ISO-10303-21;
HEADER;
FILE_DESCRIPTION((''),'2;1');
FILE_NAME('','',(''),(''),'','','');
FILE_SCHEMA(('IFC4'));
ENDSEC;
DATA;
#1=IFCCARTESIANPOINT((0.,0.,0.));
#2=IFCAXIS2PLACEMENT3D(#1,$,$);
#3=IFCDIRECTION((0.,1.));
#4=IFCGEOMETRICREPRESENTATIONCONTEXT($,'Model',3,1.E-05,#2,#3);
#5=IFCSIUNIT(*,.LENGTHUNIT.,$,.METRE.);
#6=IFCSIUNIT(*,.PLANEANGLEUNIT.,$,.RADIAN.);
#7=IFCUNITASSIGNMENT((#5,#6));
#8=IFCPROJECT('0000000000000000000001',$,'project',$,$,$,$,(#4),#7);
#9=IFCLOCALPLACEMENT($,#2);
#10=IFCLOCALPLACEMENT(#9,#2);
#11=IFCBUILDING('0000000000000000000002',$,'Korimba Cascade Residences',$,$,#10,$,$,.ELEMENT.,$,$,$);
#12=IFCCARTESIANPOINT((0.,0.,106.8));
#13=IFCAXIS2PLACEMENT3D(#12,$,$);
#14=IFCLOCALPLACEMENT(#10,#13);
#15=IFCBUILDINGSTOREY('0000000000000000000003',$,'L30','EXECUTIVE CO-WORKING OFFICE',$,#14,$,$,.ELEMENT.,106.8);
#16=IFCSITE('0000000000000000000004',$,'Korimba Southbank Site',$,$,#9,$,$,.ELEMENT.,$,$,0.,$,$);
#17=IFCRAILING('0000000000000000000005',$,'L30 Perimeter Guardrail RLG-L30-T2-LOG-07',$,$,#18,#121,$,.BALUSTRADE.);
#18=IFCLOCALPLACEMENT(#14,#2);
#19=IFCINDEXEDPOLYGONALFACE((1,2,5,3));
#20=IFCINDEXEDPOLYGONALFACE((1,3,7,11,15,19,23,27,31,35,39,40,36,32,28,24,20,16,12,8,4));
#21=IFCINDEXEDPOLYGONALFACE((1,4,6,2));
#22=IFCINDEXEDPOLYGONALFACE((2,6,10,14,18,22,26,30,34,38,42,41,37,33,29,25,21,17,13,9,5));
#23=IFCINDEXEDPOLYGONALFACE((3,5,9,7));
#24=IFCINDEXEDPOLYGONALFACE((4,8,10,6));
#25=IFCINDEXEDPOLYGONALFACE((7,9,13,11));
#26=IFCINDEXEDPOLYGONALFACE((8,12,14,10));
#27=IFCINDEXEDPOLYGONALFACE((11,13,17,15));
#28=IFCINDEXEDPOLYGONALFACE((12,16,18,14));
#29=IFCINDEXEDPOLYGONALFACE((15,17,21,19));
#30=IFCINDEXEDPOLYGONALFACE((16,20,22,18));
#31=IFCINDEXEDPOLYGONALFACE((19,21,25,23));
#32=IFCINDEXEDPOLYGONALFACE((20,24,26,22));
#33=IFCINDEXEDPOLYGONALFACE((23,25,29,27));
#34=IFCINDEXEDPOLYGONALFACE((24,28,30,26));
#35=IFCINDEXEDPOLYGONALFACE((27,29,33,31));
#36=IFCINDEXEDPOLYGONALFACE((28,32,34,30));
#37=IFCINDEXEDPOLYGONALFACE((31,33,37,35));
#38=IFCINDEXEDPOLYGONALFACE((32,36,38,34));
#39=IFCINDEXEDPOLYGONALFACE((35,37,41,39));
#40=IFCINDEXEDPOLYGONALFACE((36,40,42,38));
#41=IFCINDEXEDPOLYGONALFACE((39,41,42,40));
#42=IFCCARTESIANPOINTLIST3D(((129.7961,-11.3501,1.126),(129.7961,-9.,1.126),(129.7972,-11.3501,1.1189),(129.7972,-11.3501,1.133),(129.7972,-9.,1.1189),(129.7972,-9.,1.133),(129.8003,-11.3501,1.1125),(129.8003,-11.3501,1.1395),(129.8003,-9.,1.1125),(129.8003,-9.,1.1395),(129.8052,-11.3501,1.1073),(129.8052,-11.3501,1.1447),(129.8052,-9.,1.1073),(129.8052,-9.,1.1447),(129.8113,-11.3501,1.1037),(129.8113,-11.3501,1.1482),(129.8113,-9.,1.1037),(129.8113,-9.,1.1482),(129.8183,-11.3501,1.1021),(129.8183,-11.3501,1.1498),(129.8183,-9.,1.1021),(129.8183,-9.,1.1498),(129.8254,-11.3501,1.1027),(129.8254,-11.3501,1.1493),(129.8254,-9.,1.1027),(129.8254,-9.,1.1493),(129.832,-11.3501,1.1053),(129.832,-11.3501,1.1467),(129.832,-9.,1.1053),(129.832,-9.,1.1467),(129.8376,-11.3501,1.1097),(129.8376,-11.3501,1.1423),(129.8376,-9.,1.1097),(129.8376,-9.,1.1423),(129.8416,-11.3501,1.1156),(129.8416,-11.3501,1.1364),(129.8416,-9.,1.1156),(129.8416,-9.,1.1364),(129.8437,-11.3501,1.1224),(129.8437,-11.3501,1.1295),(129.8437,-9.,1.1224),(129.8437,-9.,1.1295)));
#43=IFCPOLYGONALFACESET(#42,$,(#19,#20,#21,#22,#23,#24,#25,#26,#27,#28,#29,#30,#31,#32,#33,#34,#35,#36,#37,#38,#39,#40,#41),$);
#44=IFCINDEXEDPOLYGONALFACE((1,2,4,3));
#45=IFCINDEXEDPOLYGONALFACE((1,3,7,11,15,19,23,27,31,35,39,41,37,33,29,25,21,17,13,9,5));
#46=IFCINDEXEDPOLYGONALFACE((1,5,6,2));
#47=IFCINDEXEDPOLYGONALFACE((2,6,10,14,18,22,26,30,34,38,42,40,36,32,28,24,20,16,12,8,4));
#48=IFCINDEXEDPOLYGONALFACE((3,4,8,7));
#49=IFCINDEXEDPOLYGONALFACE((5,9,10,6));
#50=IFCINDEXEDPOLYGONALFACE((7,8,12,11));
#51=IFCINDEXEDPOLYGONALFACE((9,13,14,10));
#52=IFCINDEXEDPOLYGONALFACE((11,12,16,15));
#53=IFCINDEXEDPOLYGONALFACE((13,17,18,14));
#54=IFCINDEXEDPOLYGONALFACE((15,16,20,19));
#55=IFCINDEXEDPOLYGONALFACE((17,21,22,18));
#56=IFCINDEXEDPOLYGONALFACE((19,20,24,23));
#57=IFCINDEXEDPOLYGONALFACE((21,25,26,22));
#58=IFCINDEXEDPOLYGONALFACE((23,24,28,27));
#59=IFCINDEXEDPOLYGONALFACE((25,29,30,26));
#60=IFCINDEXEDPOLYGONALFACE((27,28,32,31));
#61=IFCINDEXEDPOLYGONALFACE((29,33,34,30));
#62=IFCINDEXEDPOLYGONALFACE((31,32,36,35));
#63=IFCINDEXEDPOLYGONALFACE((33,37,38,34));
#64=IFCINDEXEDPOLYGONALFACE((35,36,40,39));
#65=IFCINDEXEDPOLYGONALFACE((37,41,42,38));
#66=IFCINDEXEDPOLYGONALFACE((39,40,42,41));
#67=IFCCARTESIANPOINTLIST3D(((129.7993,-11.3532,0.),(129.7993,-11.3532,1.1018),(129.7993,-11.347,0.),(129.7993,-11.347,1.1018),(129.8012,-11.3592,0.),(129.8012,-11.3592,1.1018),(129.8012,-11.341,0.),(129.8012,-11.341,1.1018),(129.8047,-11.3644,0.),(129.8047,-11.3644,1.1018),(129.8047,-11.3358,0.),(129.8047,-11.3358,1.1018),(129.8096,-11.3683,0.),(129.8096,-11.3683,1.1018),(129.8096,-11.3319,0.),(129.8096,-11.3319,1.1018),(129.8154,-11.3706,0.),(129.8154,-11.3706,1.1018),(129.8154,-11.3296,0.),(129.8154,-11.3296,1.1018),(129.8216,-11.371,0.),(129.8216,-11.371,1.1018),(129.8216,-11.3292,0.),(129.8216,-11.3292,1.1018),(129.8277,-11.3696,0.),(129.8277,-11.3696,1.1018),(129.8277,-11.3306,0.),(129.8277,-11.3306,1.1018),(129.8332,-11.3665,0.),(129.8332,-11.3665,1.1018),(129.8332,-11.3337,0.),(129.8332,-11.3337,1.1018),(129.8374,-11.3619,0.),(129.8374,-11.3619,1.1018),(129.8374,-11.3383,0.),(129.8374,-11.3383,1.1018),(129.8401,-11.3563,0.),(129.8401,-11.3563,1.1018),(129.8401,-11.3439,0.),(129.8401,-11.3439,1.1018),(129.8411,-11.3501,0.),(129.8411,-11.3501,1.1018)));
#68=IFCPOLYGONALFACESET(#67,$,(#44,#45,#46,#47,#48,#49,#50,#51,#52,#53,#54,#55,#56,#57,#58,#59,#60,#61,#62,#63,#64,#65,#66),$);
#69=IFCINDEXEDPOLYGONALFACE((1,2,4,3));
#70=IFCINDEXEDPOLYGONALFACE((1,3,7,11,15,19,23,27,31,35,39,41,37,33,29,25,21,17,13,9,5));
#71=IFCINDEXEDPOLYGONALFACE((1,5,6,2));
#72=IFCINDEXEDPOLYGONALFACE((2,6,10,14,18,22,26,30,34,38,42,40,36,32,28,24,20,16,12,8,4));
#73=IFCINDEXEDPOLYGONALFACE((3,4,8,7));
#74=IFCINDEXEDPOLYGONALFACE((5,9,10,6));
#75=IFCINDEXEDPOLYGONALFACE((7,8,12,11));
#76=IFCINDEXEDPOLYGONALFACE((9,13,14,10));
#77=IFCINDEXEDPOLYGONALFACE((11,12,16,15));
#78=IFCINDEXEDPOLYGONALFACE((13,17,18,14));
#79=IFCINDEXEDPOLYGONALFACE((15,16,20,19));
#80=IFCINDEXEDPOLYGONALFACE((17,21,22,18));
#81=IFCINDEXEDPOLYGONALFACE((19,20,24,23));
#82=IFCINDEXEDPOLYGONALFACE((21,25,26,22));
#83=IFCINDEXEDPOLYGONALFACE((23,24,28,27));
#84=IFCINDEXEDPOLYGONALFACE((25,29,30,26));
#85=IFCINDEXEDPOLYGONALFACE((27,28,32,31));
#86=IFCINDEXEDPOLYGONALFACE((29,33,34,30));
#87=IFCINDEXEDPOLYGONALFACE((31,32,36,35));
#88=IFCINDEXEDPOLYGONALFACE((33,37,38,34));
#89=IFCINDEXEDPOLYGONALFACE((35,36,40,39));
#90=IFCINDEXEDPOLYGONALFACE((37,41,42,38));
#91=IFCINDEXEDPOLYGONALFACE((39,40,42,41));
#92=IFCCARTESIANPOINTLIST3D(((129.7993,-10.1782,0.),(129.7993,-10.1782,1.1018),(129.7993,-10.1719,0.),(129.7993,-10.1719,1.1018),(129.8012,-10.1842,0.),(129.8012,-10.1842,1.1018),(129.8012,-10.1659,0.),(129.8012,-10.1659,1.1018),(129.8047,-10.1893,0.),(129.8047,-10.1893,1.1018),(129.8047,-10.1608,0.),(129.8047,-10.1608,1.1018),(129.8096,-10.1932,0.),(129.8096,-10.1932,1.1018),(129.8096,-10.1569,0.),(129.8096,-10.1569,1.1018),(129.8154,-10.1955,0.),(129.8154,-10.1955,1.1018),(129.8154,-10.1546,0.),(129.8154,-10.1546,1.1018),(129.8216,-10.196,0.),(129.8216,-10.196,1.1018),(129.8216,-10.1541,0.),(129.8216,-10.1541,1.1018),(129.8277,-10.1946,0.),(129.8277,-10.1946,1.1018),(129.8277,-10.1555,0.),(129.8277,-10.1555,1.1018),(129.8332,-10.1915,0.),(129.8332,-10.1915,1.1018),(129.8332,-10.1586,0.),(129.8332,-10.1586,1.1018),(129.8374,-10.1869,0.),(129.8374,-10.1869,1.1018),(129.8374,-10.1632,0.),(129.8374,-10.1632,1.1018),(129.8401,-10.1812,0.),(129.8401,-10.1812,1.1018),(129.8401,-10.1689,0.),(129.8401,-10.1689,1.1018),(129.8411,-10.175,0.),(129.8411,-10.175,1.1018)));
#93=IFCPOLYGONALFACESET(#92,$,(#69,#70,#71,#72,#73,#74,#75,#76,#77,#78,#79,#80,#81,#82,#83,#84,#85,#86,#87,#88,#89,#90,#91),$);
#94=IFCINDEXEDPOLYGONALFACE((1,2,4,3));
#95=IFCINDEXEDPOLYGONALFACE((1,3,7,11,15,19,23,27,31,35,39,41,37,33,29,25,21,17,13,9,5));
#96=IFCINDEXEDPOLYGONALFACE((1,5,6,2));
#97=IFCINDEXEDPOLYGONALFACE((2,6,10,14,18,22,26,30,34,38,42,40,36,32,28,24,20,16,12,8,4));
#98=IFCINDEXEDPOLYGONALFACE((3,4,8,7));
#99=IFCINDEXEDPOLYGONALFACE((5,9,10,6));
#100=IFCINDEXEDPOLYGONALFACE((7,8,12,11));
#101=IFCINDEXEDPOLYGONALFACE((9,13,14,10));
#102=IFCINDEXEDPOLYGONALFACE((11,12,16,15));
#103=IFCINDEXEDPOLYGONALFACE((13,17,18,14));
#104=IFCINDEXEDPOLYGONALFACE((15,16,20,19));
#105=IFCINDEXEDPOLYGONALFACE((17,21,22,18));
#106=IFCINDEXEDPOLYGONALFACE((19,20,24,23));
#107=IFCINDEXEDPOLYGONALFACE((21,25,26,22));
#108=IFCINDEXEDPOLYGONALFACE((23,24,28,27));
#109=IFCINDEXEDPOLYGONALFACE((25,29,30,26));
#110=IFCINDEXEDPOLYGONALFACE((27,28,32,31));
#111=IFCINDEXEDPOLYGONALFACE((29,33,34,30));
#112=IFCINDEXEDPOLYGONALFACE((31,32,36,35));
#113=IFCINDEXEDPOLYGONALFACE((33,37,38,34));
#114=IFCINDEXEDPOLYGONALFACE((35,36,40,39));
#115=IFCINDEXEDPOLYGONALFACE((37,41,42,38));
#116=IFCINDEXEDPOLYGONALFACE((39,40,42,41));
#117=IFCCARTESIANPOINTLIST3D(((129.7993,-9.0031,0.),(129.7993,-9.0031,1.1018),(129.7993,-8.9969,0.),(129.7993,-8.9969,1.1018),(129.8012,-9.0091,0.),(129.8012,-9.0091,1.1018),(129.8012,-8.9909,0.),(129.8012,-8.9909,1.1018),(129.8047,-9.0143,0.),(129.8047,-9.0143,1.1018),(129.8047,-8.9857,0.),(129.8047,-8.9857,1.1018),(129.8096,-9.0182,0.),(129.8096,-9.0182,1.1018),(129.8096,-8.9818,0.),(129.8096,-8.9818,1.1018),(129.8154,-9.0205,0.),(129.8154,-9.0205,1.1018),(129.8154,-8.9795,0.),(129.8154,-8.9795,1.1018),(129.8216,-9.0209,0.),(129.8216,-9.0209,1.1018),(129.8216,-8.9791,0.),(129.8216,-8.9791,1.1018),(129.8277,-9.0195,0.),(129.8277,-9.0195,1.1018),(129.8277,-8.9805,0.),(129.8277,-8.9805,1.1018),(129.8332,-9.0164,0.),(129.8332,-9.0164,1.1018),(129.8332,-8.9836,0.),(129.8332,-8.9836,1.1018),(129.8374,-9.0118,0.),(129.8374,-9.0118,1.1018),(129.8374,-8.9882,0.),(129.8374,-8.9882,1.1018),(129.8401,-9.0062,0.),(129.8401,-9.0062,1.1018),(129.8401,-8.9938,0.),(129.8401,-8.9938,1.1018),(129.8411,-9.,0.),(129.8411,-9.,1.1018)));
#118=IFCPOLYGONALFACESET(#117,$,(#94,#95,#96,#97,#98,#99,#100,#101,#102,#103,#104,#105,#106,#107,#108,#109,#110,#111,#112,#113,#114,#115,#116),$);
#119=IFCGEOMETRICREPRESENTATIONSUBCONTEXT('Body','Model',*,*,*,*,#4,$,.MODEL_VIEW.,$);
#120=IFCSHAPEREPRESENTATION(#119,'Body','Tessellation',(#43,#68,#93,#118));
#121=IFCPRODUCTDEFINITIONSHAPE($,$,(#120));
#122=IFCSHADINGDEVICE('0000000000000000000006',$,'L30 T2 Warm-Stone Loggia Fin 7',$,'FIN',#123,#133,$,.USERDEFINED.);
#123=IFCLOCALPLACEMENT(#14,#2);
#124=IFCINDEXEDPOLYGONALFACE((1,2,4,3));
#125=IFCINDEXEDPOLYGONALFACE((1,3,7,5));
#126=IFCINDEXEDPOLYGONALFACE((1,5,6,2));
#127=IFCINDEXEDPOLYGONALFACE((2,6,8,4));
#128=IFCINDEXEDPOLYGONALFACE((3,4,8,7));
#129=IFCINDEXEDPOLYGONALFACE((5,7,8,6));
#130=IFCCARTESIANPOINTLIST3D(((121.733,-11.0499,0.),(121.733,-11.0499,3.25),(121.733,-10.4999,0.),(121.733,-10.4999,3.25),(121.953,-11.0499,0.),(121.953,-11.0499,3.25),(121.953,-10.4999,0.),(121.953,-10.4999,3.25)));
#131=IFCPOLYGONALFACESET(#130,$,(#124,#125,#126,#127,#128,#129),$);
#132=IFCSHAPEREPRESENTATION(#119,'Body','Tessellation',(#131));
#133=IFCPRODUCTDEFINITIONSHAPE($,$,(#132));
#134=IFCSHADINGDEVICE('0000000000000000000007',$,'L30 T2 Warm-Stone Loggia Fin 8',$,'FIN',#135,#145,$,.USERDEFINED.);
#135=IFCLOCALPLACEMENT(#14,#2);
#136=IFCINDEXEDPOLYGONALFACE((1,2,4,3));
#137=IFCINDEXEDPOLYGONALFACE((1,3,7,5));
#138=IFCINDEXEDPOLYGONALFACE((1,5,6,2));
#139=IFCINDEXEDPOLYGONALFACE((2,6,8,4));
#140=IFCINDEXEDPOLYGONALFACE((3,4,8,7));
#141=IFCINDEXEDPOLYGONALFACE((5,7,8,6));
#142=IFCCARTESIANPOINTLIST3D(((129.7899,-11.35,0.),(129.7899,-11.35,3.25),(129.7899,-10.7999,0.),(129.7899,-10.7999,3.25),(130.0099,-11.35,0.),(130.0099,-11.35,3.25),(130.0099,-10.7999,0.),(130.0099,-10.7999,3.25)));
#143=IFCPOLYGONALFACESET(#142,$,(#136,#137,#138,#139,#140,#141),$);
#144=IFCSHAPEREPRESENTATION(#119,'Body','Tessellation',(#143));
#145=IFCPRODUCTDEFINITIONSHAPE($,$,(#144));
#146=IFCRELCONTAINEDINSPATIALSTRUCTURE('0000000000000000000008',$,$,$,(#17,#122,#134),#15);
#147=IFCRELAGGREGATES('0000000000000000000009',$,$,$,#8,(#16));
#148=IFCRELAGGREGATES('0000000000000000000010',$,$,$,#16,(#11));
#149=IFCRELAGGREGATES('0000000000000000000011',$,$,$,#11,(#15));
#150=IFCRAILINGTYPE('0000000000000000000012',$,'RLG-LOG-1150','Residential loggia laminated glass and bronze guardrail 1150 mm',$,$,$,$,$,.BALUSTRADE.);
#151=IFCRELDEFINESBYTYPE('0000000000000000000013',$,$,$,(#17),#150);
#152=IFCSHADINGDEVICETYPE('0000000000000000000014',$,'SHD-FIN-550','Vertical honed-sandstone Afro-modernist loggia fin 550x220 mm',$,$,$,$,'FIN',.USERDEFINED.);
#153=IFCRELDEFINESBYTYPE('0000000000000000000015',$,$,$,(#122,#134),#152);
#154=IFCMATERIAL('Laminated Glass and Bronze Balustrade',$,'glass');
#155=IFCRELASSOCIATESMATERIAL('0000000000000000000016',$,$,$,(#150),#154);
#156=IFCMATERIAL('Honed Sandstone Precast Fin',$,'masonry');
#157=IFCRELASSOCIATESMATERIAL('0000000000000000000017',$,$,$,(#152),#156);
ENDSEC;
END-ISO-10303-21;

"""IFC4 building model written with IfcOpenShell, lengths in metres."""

from ifc_helpers import new_model, si_unit, direction, frame, origin, origin_2d, place, context, subcontext, project, spatial, rectangle, circle, extrude, material, type_object, element, save


model = new_model("IFC4")

# Units and contexts
model_context = context("Model", 3, precision=1e-05, world=origin(), true_north=direction((0.0, 1.0)))
body_context = subcontext(model_context, "Body", "Model", "MODEL_VIEW")
ifc_project = project(units=[si_unit("LENGTHUNIT", "METRE"), si_unit("PLANEANGLEUNIT", "RADIAN")], contexts=[model_context])

# Site, building, storey
site_placement = place(None, origin())
site = spatial("IfcSite", under=ifc_project, at=site_placement, Name="Korimba Southbank Site", CompositionType="ELEMENT", RefElevation=0.0)
building_placement = place(site_placement, origin())
building = spatial("IfcBuilding", under=site, at=building_placement, Name="Korimba Cascade Residences", CompositionType="ELEMENT")
storey_placement = place(building_placement, frame((0.0, 0.0, 106.8)))
storey = spatial("IfcBuildingStorey", under=building, at=storey_placement, Name="L30", Description="EXECUTIVE CO-WORKING OFFICE", CompositionType="ELEMENT", Elevation=106.8)

# Railing
ifc_material_1 = material(Name="Laminated Glass and Bronze Balustrade", Category="glass")
railing_type = type_object("IfcRailingType", Name="RLG-LOG-1150", Description="Residential loggia laminated glass and bronze guardrail 1150 mm", PredefinedType="BALUSTRADE", material=ifc_material_1)
railing_1_placement = place(storey_placement, frame((129.8201, -11.3501, 0.0)))
element("IfcRailing", 1, at=railing_1_placement, inside=storey, type_object=railing_type, Name="L30 Perimeter Guardrail RLG-L30-T2-LOG-07", PredefinedType="BALUSTRADE", context=body_context, shape_type="SweptSolid", body=[
    extrude(circle(Radius=0.0239, at=origin_2d()), frame((0.0, 0.0, 1.126), z_axis=(0.0, 1.0, 0.0), x_axis=(-1.0, 0.0, 0.0)), (0.0, 0.0, 1.0), 2.3501),
    extrude(circle(Radius=0.021, at=origin_2d()), origin(), (0.0, 0.0, 1.0), 1.1018),
    extrude(circle(Radius=0.021, at=origin_2d()), frame((0.0, 1.175, 0.0)), (0.0, 0.0, 1.0), 1.1018),
    extrude(circle(Radius=0.021, at=origin_2d()), frame((0.0, 2.3501, 0.0)), (0.0, 0.0, 1.0), 1.1018),
])

# Shading devices
ifc_material_2 = material(Name="Honed Sandstone Precast Fin", Category="masonry")
shading_device_type = type_object("IfcShadingDeviceType", Name="SHD-FIN-550", Description="Vertical honed-sandstone Afro-modernist loggia fin 550x220 mm", ElementType="FIN", PredefinedType="USERDEFINED", material=ifc_material_2)
for number, where, z_axis, x_axis, name in (
    (2, (121.843, -10.7749, 0.0), (0.0, 0.0, 1.0), (1.0, 0.0, 0.0), "L30 T2 Warm-Stone Loggia Fin 7"),
    (3, (129.8999, -11.075, 0.0), (0.0, 0.0, 1.0), (1.0, 0.0, 0.0), "L30 T2 Warm-Stone Loggia Fin 8"),
):
    element("IfcShadingDevice", number, at=place(storey_placement, frame(where, z_axis=z_axis, x_axis=x_axis)), inside=storey, type_object=shading_device_type, Name=name, ObjectType="FIN", PredefinedType="USERDEFINED", context=body_context, shape_type="SweptSolid", body=[
        extrude(rectangle(XDim=0.22, YDim=0.55, at=origin_2d()), origin(), (0.0, 0.0, 1.0), 3.25),
    ])

save(model, "model.ifc")
